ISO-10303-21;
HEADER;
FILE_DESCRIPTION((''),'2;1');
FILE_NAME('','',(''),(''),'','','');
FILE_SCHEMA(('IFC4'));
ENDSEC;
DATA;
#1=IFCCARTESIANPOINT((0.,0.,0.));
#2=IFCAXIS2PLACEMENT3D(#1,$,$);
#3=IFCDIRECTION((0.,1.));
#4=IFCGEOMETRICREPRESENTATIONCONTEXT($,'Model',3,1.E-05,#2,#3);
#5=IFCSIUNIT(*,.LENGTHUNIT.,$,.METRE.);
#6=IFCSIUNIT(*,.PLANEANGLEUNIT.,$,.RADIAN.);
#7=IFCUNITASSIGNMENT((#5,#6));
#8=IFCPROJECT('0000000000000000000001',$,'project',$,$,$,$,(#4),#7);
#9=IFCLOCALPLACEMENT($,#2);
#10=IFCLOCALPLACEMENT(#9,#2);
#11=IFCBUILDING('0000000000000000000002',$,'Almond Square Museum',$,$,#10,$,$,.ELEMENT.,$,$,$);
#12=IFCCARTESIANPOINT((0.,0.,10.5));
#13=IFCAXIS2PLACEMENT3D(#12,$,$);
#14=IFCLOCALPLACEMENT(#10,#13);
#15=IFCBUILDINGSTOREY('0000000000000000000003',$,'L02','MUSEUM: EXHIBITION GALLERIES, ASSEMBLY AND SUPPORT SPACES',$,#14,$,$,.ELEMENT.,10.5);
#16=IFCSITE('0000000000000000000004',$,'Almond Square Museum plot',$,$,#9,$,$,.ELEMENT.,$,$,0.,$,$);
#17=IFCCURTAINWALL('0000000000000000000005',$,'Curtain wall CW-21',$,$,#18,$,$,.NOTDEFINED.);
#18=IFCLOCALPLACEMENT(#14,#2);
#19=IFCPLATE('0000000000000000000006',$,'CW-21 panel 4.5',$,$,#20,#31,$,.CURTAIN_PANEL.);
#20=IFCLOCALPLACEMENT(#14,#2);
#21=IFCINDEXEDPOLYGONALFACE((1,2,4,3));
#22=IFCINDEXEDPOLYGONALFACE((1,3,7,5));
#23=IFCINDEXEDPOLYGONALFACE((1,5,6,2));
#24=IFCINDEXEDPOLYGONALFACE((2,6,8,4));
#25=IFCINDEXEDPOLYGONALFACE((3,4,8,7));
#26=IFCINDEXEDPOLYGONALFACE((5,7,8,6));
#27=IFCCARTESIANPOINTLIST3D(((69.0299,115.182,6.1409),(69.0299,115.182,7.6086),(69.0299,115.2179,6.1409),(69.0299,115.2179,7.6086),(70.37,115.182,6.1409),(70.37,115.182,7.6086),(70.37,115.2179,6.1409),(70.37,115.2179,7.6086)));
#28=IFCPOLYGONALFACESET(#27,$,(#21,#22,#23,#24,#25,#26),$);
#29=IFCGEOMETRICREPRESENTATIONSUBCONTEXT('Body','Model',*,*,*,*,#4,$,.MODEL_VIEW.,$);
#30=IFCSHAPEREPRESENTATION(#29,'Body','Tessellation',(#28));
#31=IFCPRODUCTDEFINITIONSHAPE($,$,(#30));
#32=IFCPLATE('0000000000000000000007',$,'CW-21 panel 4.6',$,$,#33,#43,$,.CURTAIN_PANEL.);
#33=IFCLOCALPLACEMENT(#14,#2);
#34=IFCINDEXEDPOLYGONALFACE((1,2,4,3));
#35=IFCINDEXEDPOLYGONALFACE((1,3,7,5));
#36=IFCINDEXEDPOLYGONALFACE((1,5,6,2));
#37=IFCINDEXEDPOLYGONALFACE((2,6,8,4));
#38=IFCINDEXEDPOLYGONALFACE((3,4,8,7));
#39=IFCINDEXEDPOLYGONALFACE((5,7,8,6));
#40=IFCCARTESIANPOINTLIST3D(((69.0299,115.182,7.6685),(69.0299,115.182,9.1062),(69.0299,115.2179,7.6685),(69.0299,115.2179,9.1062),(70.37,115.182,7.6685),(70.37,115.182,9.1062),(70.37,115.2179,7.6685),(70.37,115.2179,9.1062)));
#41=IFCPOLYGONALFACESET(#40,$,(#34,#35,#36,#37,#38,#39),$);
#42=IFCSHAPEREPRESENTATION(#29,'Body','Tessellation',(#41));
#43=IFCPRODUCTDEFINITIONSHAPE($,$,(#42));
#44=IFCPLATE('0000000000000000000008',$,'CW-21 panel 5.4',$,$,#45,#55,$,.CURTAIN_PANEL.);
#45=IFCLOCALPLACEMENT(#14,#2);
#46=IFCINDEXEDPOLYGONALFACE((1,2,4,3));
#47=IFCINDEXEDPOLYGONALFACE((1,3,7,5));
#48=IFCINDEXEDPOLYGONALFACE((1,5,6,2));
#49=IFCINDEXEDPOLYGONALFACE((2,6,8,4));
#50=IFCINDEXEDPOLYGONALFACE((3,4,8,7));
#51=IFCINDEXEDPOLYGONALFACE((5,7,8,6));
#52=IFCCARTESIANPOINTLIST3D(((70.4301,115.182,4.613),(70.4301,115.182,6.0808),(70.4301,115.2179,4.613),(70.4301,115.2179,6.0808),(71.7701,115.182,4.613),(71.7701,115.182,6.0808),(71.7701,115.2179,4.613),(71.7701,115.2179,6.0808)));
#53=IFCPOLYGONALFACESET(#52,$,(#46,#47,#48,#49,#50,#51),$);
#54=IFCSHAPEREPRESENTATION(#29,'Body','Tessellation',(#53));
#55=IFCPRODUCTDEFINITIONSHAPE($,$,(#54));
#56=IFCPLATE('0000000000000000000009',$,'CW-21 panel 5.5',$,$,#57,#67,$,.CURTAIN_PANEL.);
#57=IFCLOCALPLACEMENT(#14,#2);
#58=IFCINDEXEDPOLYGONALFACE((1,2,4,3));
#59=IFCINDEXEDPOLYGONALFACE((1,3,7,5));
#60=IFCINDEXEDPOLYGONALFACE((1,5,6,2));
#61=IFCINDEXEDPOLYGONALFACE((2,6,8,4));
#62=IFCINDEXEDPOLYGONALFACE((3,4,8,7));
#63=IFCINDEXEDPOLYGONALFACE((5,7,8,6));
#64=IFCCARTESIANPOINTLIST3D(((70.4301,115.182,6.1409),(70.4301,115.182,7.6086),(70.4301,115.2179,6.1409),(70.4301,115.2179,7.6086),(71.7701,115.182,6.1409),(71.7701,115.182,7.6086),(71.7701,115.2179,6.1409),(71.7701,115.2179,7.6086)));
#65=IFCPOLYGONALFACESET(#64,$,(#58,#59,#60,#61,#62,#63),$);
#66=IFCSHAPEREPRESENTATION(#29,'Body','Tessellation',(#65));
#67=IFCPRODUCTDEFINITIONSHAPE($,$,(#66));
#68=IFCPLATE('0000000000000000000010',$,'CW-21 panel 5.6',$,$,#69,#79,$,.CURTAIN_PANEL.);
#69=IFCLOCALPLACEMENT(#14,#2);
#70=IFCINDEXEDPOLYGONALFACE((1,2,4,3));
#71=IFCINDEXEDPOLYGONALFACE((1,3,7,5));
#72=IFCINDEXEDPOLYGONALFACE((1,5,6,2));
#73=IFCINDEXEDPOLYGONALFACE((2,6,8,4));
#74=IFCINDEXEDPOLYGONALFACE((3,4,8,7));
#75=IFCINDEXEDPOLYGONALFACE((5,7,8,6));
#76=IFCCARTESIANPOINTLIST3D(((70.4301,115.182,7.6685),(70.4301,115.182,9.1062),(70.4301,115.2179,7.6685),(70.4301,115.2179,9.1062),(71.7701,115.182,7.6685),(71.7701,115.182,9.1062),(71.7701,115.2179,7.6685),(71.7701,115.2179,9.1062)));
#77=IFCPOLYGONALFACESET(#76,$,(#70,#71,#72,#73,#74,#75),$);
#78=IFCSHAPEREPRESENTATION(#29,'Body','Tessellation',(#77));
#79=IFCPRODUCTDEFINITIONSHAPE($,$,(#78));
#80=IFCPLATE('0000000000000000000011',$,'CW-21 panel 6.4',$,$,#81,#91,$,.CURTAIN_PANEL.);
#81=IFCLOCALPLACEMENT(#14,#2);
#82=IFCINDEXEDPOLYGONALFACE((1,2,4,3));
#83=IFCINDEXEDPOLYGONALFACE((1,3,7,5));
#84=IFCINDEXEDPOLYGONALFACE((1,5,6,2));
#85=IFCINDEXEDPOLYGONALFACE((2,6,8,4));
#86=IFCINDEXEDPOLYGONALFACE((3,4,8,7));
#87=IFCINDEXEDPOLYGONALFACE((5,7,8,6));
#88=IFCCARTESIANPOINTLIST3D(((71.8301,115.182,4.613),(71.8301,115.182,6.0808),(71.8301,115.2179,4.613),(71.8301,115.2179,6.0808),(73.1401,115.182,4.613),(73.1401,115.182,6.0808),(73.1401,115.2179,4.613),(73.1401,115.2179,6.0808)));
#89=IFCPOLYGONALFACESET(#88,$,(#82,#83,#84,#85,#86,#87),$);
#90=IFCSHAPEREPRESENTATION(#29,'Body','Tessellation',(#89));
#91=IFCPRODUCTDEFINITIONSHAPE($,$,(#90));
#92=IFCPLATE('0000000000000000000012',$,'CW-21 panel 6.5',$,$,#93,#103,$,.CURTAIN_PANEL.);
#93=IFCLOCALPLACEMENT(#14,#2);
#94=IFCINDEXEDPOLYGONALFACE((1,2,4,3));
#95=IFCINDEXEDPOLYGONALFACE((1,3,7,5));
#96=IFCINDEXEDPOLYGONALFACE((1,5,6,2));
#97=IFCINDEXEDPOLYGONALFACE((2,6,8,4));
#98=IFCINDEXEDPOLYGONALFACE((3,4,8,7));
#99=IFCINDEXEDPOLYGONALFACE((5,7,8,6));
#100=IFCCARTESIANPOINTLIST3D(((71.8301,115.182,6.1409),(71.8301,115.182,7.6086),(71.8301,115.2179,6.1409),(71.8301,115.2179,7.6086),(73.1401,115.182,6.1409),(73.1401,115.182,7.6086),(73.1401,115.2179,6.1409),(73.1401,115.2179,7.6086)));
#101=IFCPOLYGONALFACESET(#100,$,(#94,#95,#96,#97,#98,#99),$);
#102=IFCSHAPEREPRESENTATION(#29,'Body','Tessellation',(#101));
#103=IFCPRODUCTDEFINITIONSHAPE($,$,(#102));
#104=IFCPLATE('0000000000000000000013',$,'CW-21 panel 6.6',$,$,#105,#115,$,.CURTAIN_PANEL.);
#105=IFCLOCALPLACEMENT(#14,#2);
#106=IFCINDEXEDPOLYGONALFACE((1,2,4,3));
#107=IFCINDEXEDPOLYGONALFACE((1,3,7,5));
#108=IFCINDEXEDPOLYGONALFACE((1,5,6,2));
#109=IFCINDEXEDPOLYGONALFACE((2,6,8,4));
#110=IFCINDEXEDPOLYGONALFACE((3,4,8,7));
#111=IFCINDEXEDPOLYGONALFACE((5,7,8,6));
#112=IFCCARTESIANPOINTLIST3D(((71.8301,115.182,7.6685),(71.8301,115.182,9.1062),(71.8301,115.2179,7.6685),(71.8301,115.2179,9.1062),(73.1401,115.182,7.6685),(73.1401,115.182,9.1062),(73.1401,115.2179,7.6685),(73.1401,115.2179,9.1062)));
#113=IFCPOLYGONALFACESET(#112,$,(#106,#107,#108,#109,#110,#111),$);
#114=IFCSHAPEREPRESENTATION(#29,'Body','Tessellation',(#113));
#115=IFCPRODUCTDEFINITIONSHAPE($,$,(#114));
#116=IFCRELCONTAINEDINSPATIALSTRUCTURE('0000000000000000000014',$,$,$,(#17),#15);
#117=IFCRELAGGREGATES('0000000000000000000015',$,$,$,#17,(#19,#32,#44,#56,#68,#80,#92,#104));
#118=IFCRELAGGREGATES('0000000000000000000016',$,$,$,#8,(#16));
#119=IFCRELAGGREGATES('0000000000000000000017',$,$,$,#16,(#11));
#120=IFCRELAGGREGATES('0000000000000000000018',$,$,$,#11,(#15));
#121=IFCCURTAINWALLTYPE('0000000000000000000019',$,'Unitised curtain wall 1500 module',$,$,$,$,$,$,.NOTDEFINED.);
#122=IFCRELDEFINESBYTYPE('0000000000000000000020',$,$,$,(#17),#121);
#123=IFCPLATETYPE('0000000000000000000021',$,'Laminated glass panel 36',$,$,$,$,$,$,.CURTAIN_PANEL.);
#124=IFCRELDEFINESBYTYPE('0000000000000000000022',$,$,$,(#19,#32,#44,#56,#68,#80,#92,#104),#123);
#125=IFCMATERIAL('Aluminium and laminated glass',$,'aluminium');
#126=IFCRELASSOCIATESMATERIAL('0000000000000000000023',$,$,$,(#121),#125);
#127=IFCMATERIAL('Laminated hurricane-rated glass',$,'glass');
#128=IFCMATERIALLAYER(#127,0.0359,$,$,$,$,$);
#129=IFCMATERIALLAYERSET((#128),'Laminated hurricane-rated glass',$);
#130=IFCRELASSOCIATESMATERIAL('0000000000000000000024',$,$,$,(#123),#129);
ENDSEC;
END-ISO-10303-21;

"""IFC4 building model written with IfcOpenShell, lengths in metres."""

from ifc_helpers import new_model, si_unit, direction, frame, origin, origin_2d, place, context, subcontext, project, spatial, rectangle, extrude, material, layer, layer_set, type_object, element, aggregate, save


model = new_model("IFC4")

# Units and contexts
model_context = context("Model", 3, precision=1e-05, world=origin(), true_north=direction((0.0, 1.0)))
body_context = subcontext(model_context, "Body", "Model", "MODEL_VIEW")
ifc_project = project(units=[si_unit("LENGTHUNIT", "METRE"), si_unit("PLANEANGLEUNIT", "RADIAN")], contexts=[model_context])

# Site, building, storey
site_placement = place(None, origin())
site = spatial("IfcSite", under=ifc_project, at=site_placement, Name="Almond Square Museum plot", CompositionType="ELEMENT", RefElevation=0.0)
building_placement = place(site_placement, origin())
building = spatial("IfcBuilding", under=site, at=building_placement, Name="Almond Square Museum", CompositionType="ELEMENT")
storey_placement = place(building_placement, frame((0.0, 0.0, 10.5)))
storey = spatial("IfcBuildingStorey", under=building, at=storey_placement, Name="L02", Description="MUSEUM: EXHIBITION GALLERIES, ASSEMBLY AND SUPPORT SPACES", CompositionType="ELEMENT", Elevation=10.5)

# Curtain wall
ifc_material_1 = material(Name="Aluminium and laminated glass", Category="aluminium")
curtain_wall_type = type_object("IfcCurtainWallType", Name="Unitised curtain wall 1500 module", PredefinedType="NOTDEFINED", material=ifc_material_1)
curtain_wall_placement = place(storey_placement, origin())
curtain_wall = element("IfcCurtainWall", 1, at=curtain_wall_placement, inside=storey, type_object=curtain_wall_type, Name="Curtain wall CW-21", PredefinedType="NOTDEFINED")

# Plates
ifc_material_2 = material(Name="Laminated hurricane-rated glass", Category="glass")
ifc_layer = layer(ifc_material_2, 0.0359)
ifc_layer_set = layer_set([ifc_layer], Name="Laminated hurricane-rated glass")
plate_type = type_object("IfcPlateType", Name="Laminated glass panel 36", PredefinedType="CURTAIN_PANEL", material=ifc_layer_set)
plate_1_placement = place(storey_placement, frame((69.7, 115.2, 6.1409), z_axis=(0.0, 0.0, 1.0), x_axis=(1.0, 0.0, 0.0)))
plate_1 = element("IfcPlate", 2, at=plate_1_placement, type_object=plate_type, Name="CW-21 panel 4.5", PredefinedType="CURTAIN_PANEL", context=body_context, shape_type="SweptSolid", body=[
    extrude(rectangle(XDim=1.3401, YDim=0.0359, at=origin_2d()), origin(), (0.0, 0.0, 1.0), 1.4678),
])
plate_2_placement = place(storey_placement, frame((69.7, 115.2, 7.6685), z_axis=(0.0, 0.0, 1.0), x_axis=(1.0, 0.0, 0.0)))
plate_2 = element("IfcPlate", 3, at=plate_2_placement, type_object=plate_type, Name="CW-21 panel 4.6", PredefinedType="CURTAIN_PANEL", context=body_context, shape_type="SweptSolid", body=[
    extrude(rectangle(XDim=1.3401, YDim=0.0359, at=origin_2d()), origin(), (0.0, 0.0, 1.0), 1.4377),
])
plate_3_placement = place(storey_placement, frame((71.1001, 115.2, 4.613), z_axis=(0.0, 0.0, 1.0), x_axis=(1.0, 0.0, 0.0)))
plate_3 = element("IfcPlate", 4, at=plate_3_placement, type_object=plate_type, Name="CW-21 panel 5.4", PredefinedType="CURTAIN_PANEL", context=body_context, shape_type="SweptSolid", body=[
    extrude(rectangle(XDim=1.3401, YDim=0.0359, at=origin_2d()), origin(), (0.0, 0.0, 1.0), 1.4678),
])
plate_4_placement = place(storey_placement, frame((71.1001, 115.2, 6.1409), z_axis=(0.0, 0.0, 1.0), x_axis=(1.0, 0.0, 0.0)))
plate_4 = element("IfcPlate", 5, at=plate_4_placement, type_object=plate_type, Name="CW-21 panel 5.5", PredefinedType="CURTAIN_PANEL", context=body_context, shape_type="SweptSolid", body=[
    extrude(rectangle(XDim=1.3401, YDim=0.0359, at=origin_2d()), origin(), (0.0, 0.0, 1.0), 1.4678),
])
plate_5_placement = place(storey_placement, frame((71.1001, 115.2, 7.6685), z_axis=(0.0, 0.0, 1.0), x_axis=(1.0, 0.0, 0.0)))
plate_5 = element("IfcPlate", 6, at=plate_5_placement, type_object=plate_type, Name="CW-21 panel 5.6", PredefinedType="CURTAIN_PANEL", context=body_context, shape_type="SweptSolid", body=[
    extrude(rectangle(XDim=1.3401, YDim=0.0359, at=origin_2d()), origin(), (0.0, 0.0, 1.0), 1.4377),
])
plate_6_placement = place(storey_placement, frame((72.4851, 115.2, 4.613), z_axis=(0.0, 0.0, 1.0), x_axis=(1.0, 0.0, 0.0)))
plate_6 = element("IfcPlate", 7, at=plate_6_placement, type_object=plate_type, Name="CW-21 panel 6.4", PredefinedType="CURTAIN_PANEL", context=body_context, shape_type="SweptSolid", body=[
    extrude(rectangle(XDim=1.3101, YDim=0.0359, at=origin_2d()), origin(), (0.0, 0.0, 1.0), 1.4678),
])
plate_7_placement = place(storey_placement, frame((72.4851, 115.2, 6.1409), z_axis=(0.0, 0.0, 1.0), x_axis=(1.0, 0.0, 0.0)))
plate_7 = element("IfcPlate", 8, at=plate_7_placement, type_object=plate_type, Name="CW-21 panel 6.5", PredefinedType="CURTAIN_PANEL", context=body_context, shape_type="SweptSolid", body=[
    extrude(rectangle(XDim=1.3101, YDim=0.0359, at=origin_2d()), origin(), (0.0, 0.0, 1.0), 1.4678),
])
plate_8_placement = place(storey_placement, frame((72.4851, 115.2, 7.6685), z_axis=(0.0, 0.0, 1.0), x_axis=(1.0, 0.0, 0.0)))
plate_8 = element("IfcPlate", 9, at=plate_8_placement, type_object=plate_type, Name="CW-21 panel 6.6", PredefinedType="CURTAIN_PANEL", context=body_context, shape_type="SweptSolid", body=[
    extrude(rectangle(XDim=1.3101, YDim=0.0359, at=origin_2d()), origin(), (0.0, 0.0, 1.0), 1.4377),
])
aggregate(curtain_wall, [plate_1, plate_2, plate_3, plate_4, plate_5, plate_6, plate_7, plate_8])

save(model, "model.ifc")
